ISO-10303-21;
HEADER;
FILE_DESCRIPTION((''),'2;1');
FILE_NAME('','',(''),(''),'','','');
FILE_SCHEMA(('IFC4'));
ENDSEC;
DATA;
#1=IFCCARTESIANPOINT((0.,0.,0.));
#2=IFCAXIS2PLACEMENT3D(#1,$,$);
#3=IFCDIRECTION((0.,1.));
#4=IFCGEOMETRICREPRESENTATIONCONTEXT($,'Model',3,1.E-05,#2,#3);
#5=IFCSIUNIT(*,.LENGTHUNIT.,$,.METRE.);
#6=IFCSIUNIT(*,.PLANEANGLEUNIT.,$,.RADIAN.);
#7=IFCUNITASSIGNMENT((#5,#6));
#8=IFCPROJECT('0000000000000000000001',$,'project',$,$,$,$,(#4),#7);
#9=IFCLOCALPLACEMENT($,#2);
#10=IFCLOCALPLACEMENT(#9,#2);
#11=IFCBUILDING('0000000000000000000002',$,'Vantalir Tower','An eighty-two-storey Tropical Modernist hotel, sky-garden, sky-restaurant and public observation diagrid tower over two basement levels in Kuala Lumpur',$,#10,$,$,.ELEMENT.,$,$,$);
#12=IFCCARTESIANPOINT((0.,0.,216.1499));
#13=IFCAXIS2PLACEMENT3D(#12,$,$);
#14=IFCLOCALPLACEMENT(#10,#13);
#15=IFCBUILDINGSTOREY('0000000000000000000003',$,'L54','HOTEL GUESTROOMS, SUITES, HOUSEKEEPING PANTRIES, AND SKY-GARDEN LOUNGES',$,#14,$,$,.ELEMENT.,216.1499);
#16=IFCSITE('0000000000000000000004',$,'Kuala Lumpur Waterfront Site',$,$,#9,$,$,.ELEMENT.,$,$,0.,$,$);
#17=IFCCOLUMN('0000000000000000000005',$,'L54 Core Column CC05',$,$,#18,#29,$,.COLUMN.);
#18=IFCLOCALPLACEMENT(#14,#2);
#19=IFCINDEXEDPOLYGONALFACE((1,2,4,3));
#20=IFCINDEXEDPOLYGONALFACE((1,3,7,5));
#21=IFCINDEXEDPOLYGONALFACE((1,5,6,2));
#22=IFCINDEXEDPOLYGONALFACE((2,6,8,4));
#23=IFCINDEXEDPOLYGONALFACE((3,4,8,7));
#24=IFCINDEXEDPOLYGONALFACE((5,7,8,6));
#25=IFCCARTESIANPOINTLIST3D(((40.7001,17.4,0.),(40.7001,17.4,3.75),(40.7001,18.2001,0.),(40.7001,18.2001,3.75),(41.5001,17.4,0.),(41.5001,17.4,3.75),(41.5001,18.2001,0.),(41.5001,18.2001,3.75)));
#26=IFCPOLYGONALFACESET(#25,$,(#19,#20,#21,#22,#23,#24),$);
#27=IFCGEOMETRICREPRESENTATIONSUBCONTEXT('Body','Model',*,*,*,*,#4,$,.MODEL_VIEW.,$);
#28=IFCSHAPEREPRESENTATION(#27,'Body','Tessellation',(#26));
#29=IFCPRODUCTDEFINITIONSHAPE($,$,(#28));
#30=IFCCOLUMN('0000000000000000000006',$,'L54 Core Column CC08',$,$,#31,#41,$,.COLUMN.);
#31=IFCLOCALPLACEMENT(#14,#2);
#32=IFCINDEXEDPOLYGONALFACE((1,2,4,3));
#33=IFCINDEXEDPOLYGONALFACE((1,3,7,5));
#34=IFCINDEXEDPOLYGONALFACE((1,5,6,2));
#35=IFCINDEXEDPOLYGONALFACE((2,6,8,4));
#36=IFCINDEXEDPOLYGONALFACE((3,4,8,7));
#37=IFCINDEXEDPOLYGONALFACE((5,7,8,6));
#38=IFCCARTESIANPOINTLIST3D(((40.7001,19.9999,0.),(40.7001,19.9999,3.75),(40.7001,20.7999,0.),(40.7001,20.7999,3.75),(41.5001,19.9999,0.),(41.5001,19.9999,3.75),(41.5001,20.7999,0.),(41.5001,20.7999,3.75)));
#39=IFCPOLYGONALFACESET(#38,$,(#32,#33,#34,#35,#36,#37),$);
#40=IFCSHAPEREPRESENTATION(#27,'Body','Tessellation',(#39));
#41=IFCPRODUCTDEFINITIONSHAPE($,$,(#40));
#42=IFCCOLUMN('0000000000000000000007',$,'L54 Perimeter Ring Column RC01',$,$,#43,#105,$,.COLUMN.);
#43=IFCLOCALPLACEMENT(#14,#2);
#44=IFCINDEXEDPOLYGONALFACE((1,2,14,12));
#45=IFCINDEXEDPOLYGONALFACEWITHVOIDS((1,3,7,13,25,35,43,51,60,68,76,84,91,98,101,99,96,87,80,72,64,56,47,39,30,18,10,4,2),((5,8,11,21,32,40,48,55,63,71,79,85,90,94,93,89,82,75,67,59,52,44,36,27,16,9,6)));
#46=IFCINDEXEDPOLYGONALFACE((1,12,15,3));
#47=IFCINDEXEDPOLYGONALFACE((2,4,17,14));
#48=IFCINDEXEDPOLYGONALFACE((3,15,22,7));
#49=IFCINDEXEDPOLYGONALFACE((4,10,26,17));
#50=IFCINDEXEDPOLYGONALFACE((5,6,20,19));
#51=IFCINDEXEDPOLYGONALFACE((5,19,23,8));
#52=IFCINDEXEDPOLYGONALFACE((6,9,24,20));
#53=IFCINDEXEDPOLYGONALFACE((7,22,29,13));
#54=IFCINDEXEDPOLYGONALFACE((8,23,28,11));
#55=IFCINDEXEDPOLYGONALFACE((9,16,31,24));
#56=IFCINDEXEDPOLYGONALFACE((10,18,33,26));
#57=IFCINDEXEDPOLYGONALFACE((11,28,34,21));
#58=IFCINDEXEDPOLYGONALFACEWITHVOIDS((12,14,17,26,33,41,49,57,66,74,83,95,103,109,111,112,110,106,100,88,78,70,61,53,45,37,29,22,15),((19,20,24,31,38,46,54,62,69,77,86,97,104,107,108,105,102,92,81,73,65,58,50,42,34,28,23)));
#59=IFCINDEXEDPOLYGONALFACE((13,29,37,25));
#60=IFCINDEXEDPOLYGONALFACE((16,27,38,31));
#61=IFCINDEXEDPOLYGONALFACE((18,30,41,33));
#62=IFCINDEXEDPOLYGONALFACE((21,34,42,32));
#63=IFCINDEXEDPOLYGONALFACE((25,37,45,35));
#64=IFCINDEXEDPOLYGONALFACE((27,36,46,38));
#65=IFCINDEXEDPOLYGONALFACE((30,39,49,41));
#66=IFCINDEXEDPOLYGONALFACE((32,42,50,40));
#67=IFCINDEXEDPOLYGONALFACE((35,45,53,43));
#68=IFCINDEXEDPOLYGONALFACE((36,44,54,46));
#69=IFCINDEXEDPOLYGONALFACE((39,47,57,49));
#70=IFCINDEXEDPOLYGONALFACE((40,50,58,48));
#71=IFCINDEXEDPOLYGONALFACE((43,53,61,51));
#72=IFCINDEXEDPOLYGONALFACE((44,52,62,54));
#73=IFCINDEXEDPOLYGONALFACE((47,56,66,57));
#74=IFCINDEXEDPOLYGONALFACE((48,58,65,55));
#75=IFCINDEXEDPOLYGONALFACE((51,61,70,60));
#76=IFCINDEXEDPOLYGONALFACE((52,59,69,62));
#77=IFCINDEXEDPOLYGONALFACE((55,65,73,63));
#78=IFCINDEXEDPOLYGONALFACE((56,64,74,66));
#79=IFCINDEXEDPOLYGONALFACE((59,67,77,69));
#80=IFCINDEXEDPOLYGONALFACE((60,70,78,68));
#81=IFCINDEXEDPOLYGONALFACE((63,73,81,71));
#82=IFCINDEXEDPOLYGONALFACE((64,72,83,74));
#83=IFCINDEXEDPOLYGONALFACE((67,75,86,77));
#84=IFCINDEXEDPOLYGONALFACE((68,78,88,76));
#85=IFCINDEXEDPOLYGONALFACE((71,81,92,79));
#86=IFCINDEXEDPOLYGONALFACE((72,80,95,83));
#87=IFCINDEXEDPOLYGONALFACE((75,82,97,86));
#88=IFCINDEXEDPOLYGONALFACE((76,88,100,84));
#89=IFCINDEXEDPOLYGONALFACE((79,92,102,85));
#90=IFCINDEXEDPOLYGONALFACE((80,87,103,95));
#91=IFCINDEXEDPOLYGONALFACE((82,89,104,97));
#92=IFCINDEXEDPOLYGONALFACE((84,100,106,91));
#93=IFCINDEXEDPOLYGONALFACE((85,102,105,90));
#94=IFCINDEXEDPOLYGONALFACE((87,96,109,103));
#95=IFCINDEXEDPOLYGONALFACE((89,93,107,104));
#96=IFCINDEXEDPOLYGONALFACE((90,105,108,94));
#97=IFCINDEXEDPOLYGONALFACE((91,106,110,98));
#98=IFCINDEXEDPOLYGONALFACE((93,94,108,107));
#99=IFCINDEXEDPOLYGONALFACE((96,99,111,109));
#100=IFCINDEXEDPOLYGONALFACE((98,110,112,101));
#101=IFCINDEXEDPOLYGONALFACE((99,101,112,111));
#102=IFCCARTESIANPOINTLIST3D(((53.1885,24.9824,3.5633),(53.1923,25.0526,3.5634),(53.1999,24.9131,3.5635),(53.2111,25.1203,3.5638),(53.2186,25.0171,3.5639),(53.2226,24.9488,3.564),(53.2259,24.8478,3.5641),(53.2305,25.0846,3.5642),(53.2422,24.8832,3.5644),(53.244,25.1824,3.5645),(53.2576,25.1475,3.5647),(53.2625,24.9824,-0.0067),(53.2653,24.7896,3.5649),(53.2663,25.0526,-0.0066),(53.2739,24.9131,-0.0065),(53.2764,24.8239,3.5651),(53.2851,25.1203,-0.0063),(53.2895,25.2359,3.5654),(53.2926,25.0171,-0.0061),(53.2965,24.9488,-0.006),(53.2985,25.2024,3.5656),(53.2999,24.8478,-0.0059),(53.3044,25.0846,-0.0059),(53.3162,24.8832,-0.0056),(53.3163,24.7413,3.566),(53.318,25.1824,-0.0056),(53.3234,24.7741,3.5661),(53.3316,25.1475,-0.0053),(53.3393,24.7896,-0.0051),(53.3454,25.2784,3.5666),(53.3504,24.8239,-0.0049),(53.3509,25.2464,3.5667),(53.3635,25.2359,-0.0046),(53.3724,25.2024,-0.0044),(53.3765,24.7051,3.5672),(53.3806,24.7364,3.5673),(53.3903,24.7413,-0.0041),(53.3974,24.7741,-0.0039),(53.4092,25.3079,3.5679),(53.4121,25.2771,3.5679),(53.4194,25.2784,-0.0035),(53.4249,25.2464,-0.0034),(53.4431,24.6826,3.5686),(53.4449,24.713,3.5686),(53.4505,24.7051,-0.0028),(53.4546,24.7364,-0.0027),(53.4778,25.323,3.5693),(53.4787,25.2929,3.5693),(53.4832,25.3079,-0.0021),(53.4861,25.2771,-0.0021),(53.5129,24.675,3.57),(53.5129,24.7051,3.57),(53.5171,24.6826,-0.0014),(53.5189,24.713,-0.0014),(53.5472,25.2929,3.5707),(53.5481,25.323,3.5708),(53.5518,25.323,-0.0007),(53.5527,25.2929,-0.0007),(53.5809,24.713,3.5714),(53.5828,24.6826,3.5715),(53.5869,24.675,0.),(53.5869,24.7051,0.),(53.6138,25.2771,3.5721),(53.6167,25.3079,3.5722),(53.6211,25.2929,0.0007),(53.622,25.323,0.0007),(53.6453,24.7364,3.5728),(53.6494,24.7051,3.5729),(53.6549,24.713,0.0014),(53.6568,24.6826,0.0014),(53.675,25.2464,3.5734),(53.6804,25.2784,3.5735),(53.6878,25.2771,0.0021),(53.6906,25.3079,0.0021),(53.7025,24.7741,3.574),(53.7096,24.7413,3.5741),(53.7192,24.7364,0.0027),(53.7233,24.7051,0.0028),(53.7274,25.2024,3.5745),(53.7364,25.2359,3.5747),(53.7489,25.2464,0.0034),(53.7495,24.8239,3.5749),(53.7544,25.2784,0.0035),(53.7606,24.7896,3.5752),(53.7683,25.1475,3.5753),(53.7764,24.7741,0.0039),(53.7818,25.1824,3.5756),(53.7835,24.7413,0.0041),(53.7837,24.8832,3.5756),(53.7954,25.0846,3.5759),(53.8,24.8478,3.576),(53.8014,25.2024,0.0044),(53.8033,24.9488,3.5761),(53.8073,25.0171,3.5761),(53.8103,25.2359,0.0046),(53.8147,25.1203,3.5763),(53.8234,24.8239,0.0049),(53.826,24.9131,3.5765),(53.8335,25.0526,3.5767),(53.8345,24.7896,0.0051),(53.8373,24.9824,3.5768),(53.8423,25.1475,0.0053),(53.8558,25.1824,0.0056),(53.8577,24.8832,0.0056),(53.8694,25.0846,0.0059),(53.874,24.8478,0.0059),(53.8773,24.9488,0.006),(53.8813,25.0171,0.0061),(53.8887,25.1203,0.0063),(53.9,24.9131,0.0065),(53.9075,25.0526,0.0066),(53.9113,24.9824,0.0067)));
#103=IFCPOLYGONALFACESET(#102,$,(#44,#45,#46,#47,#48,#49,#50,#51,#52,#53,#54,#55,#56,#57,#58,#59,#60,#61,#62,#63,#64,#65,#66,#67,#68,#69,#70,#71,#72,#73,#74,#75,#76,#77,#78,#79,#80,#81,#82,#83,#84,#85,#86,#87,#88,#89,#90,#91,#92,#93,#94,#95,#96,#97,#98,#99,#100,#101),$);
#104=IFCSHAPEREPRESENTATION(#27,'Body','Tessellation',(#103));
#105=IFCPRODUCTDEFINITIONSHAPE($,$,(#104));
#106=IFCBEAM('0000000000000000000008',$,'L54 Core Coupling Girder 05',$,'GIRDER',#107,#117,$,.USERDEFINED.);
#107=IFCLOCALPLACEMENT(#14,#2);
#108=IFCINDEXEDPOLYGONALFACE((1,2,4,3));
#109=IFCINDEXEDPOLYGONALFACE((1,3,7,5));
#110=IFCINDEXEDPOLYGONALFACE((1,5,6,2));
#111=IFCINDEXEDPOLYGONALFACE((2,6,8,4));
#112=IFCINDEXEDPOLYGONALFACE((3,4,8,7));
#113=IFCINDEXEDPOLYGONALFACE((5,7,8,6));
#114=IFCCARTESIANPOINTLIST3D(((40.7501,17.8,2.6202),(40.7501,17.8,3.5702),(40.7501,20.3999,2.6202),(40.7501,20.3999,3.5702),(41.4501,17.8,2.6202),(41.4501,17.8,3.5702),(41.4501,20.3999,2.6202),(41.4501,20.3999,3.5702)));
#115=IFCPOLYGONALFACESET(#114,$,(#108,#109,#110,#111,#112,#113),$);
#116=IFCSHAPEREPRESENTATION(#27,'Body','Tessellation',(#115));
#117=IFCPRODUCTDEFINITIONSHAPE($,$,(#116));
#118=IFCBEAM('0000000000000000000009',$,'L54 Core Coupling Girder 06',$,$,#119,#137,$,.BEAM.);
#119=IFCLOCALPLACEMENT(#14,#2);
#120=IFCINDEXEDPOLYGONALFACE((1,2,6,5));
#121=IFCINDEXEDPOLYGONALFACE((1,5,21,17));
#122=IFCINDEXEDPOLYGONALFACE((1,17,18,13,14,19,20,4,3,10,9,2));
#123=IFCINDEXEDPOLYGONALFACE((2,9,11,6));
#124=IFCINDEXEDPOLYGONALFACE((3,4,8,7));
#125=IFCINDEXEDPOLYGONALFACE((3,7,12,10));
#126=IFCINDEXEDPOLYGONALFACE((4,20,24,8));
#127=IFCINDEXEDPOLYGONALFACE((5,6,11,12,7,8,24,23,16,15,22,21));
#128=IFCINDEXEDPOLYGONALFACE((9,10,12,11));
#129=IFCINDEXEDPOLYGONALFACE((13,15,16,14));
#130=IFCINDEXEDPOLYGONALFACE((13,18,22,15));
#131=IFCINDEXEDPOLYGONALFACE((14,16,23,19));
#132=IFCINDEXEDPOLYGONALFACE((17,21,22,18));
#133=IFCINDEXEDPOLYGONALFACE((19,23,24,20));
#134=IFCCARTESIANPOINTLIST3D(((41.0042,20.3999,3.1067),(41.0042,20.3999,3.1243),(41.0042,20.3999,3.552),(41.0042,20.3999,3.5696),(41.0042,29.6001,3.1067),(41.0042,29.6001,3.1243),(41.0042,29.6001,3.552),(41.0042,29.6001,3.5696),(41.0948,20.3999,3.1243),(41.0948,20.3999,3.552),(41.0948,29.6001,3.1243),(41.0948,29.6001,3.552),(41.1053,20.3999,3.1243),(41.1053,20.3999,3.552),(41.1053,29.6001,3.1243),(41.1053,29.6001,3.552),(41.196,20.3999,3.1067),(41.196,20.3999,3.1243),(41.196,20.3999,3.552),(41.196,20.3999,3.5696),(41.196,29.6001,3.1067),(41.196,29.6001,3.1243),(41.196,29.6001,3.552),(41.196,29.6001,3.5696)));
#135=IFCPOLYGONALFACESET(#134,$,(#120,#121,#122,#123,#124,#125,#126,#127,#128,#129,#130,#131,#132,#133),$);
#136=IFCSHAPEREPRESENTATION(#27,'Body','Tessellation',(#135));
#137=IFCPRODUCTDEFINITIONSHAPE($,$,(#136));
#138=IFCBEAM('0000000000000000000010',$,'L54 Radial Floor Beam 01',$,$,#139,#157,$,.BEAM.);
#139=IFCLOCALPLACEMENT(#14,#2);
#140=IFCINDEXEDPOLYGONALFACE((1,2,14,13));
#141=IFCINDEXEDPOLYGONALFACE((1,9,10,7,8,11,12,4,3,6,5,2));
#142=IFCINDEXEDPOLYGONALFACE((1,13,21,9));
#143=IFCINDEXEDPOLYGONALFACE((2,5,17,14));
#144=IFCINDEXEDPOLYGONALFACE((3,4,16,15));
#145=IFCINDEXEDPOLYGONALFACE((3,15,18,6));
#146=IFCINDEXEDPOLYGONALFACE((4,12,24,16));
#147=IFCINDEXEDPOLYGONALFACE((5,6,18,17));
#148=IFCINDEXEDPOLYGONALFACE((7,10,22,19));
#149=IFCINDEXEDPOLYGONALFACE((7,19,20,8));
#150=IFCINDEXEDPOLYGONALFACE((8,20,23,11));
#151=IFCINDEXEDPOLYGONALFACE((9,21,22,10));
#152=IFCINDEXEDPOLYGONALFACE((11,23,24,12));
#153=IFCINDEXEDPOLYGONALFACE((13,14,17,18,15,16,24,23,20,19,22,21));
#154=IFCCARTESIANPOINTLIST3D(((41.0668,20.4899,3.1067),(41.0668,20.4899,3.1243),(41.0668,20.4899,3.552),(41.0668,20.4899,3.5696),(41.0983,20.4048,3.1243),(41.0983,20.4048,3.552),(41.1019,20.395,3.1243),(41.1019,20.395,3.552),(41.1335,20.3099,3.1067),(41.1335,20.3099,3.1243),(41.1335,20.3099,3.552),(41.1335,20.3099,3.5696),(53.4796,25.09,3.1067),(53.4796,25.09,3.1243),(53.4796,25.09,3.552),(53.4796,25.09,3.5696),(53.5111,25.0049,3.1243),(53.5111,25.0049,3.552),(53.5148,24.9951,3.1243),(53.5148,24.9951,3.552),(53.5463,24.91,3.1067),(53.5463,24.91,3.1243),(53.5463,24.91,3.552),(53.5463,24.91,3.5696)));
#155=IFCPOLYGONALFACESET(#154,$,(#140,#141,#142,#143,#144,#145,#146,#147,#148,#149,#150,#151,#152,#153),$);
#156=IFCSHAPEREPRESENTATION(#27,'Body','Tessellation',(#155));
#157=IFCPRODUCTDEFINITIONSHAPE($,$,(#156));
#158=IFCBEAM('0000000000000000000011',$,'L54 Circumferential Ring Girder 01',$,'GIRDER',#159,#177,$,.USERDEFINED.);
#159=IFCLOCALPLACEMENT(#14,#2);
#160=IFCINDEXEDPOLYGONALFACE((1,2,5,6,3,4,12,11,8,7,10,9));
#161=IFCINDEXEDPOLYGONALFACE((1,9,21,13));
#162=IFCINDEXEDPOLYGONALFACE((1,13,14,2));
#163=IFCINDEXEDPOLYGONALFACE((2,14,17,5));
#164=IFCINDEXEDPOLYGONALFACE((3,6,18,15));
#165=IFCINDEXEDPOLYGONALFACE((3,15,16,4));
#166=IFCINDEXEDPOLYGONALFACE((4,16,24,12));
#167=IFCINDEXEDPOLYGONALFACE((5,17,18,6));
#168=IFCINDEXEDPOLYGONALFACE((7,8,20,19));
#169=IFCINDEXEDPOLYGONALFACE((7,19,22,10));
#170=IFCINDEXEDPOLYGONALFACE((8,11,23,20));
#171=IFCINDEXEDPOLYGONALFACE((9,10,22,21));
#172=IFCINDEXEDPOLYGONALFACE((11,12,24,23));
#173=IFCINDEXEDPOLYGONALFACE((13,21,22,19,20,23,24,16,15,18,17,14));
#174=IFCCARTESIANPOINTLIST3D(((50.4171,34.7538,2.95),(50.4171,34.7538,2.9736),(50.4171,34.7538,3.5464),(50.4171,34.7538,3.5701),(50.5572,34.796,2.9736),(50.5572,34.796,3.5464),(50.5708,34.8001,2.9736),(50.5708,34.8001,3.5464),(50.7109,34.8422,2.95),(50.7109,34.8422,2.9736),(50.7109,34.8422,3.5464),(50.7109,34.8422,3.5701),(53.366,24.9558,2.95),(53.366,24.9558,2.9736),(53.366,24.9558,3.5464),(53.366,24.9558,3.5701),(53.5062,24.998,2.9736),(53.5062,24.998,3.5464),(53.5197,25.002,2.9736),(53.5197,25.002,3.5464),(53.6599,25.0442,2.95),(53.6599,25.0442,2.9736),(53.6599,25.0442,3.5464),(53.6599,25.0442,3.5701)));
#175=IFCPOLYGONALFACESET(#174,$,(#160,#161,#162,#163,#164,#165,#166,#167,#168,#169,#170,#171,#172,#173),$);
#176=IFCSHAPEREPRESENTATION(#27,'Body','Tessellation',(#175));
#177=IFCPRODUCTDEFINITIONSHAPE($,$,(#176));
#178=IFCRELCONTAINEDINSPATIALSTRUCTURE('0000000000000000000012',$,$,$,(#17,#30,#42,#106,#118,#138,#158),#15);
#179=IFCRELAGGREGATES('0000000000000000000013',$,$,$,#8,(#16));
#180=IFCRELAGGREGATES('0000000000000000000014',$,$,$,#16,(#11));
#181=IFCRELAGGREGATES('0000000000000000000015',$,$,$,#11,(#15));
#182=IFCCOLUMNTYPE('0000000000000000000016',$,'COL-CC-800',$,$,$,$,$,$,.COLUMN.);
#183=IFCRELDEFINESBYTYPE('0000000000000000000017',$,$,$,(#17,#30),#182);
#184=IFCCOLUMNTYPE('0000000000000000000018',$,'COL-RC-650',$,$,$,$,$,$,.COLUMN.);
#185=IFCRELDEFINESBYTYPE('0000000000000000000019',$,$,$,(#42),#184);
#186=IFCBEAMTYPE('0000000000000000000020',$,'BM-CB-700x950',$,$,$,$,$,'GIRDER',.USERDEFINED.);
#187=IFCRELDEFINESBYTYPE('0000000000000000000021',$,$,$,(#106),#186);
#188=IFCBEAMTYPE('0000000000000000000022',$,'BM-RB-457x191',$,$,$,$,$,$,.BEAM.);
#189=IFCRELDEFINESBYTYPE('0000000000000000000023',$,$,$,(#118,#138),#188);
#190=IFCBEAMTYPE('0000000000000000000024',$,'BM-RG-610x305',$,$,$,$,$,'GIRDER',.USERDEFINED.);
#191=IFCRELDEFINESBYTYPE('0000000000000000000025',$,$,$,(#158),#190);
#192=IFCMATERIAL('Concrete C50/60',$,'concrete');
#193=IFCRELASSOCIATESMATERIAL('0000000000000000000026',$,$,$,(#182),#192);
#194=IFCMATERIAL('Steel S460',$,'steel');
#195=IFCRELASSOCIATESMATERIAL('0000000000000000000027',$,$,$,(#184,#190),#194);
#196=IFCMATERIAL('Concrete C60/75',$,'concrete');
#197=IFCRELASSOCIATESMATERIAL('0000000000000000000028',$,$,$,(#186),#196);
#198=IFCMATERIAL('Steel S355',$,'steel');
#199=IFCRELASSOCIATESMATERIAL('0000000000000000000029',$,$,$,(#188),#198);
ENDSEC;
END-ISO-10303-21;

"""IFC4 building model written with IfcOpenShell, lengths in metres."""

from ifc_helpers import new_model, si_unit, direction, frame, origin, origin_2d, place, context, subcontext, project, spatial, rectangle, hollow_circle, i_section, extrude, material, material_profile, profile_set, type_object, element, save


model = new_model("IFC4")

# Units and contexts
model_context = context("Model", 3, precision=1e-05, world=origin(), true_north=direction((0.0, 1.0)))
body_context = subcontext(model_context, "Body", "Model", "MODEL_VIEW")
ifc_project = project(units=[si_unit("LENGTHUNIT", "METRE"), si_unit("PLANEANGLEUNIT", "RADIAN")], contexts=[model_context])

# Site, building, storey
site_placement = place(None, origin())
site = spatial("IfcSite", under=ifc_project, at=site_placement, Name="Kuala Lumpur Waterfront Site", CompositionType="ELEMENT", RefElevation=0.0)
building_placement = place(site_placement, origin())
building = spatial("IfcBuilding", under=site, at=building_placement, Name="Vantalir Tower", Description="An eighty-two-storey Tropical Modernist hotel, sky-garden, sky-restaurant and public observation diagrid tower over two basement levels in Kuala Lumpur", CompositionType="ELEMENT")
storey_placement = place(building_placement, frame((0.0, 0.0, 216.1499)))
storey = spatial("IfcBuildingStorey", under=building, at=storey_placement, Name="L54", Description="HOTEL GUESTROOMS, SUITES, HOUSEKEEPING PANTRIES, AND SKY-GARDEN LOUNGES", CompositionType="ELEMENT", Elevation=216.1499)

# Columns
ifc_material_1 = material(Name="Concrete C50/60", Category="concrete")
ifc_material_profile_1 = material_profile(ifc_material_1, rectangle(XDim=0.8, YDim=0.8, at=origin_2d()), Name="Concrete C50/60")
ifc_profile_set_1 = profile_set([ifc_material_profile_1], Name="Concrete C50/60")
column_type_1 = type_object("IfcColumnType", Name="COL-CC-800", PredefinedType="COLUMN", material=ifc_profile_set_1)
for number, where, z_axis, x_axis, name in (
    (1, (41.1001, 17.8, 0.0), (0.0, 0.0, 1.0), (1.0, 0.0, 0.0), "L54 Core Column CC05"),
    (2, (41.1001, 20.3999, 0.0), (0.0, 0.0, 1.0), (1.0, 0.0, 0.0), "L54 Core Column CC08"),
):
    element("IfcColumn", number, at=place(storey_placement, frame(where, z_axis=z_axis, x_axis=x_axis)), inside=storey, type_object=column_type_1, Name=name, PredefinedType="COLUMN", context=body_context, shape_type="SweptSolid", body=[
        extrude(rectangle(XDim=0.8, YDim=0.8, at=origin_2d()), origin(), (0.0, 0.0, 1.0), 3.75),
    ])
ifc_material_2 = material(Name="Steel S460", Category="steel")
ifc_material_profile_2 = material_profile(ifc_material_2, hollow_circle(Radius=0.325, WallThickness=0.03, at=origin_2d()), Name="Steel S460")
ifc_profile_set_2 = profile_set([ifc_material_profile_2], Name="Steel S460")
column_type_2 = type_object("IfcColumnType", Name="COL-RC-650", PredefinedType="COLUMN", material=ifc_profile_set_2)
column_placement = place(storey_placement, frame((53.5869, 25.0, 0.0), z_axis=(-0.020716, 0.0, 0.999785), x_axis=(0.0, -1.0, 0.0)))
element("IfcColumn", 3, at=column_placement, inside=storey, type_object=column_type_2, Name="L54 Perimeter Ring Column RC01", PredefinedType="COLUMN", context=body_context, shape_type="SweptSolid", body=[
    extrude(hollow_circle(Radius=0.325, WallThickness=0.03, at=origin_2d()), origin(), (0.0, 0.0, 1.0), 3.5708),
])

# Beams
ifc_material_3 = material(Name="Concrete C60/75", Category="concrete")
ifc_material_profile_3 = material_profile(ifc_material_3, rectangle(XDim=0.7, YDim=0.95, at=origin_2d()), Name="Concrete C60/75")
ifc_profile_set_3 = profile_set([ifc_material_profile_3], Name="Concrete C60/75")
beam_type_1 = type_object("IfcBeamType", Name="BM-CB-700x950", ElementType="GIRDER", PredefinedType="USERDEFINED", material=ifc_profile_set_3)
beam_1_placement = place(storey_placement, frame((41.1001, 17.8, 3.0952), z_axis=(0.0, 1.0, 0.0), x_axis=(-1.0, 0.0, 0.0)))
element("IfcBeam", 4, at=beam_1_placement, inside=storey, type_object=beam_type_1, Name="L54 Core Coupling Girder 05", ObjectType="GIRDER", PredefinedType="USERDEFINED", context=body_context, shape_type="SweptSolid", body=[
    extrude(rectangle(XDim=0.7, YDim=0.95, at=origin_2d()), origin(), (0.0, 0.0, 1.0), 2.5999),
])
ifc_material_4 = material(Name="Steel S355", Category="steel")
ifc_material_profile_4 = material_profile(ifc_material_4, i_section(OverallWidth=0.1919, OverallDepth=0.4629, WebThickness=0.0105, FlangeThickness=0.0176, at=origin_2d()), Name="Steel S355")
ifc_profile_set_4 = profile_set([ifc_material_profile_4], Name="Steel S355")
beam_type_2 = type_object("IfcBeamType", Name="BM-RB-457x191", PredefinedType="BEAM", material=ifc_profile_set_4)
beam_2_placement = place(storey_placement, frame((41.1001, 20.3999, 3.3381), z_axis=(0.0, 1.0, 0.0), x_axis=(-1.0, 0.0, 0.0)))
element("IfcBeam", 5, at=beam_2_placement, inside=storey, type_object=beam_type_2, Name="L54 Core Coupling Girder 06", PredefinedType="BEAM", context=body_context, shape_type="SweptSolid", body=[
    extrude(i_section(OverallWidth=0.1919, OverallDepth=0.4629, WebThickness=0.0105, FlangeThickness=0.0176, at=origin_2d()), origin(), (0.0, 0.0, 1.0), 9.2002),
])
beam_3_placement = place(storey_placement, frame((53.5129, 25.0, 3.3381), z_axis=(-0.937681, -0.347497, 0.0), x_axis=(0.347497, -0.937681, 0.0)))
element("IfcBeam", 6, at=beam_3_placement, inside=storey, type_object=beam_type_2, Name="L54 Radial Floor Beam 01", PredefinedType="BEAM", context=body_context, shape_type="SweptSolid", body=[
    extrude(i_section(OverallWidth=0.1919, OverallDepth=0.4629, WebThickness=0.0105, FlangeThickness=0.0176, at=origin_2d()), origin(), (0.0, 0.0, 1.0), 13.2378),
])
ifc_material_profile_5 = material_profile(ifc_material_2, i_section(OverallWidth=0.3069, OverallDepth=0.6201, WebThickness=0.0142, FlangeThickness=0.0237, at=origin_2d()), Name="Steel S460")
ifc_profile_set_5 = profile_set([ifc_material_profile_5], Name="Steel S460")
beam_type_3 = type_object("IfcBeamType", Name="BM-RG-610x305", ElementType="GIRDER", PredefinedType="USERDEFINED", material=ifc_profile_set_5)
beam_4_placement = place(storey_placement, frame((53.5129, 25.0, 3.26), z_axis=(-0.288204, 0.957569, 0.0), x_axis=(-0.957569, -0.288204, 0.0)))
element("IfcBeam", 7, at=beam_4_placement, inside=storey, type_object=beam_type_3, Name="L54 Circumferential Ring Girder 01", ObjectType="GIRDER", PredefinedType="USERDEFINED", context=body_context, shape_type="SweptSolid", body=[
    extrude(i_section(OverallWidth=0.3069, OverallDepth=0.6201, WebThickness=0.0142, FlangeThickness=0.0237, at=origin_2d()), origin(), (0.0, 0.0, 1.0), 10.2322),
])

save(model, "model.ifc")
